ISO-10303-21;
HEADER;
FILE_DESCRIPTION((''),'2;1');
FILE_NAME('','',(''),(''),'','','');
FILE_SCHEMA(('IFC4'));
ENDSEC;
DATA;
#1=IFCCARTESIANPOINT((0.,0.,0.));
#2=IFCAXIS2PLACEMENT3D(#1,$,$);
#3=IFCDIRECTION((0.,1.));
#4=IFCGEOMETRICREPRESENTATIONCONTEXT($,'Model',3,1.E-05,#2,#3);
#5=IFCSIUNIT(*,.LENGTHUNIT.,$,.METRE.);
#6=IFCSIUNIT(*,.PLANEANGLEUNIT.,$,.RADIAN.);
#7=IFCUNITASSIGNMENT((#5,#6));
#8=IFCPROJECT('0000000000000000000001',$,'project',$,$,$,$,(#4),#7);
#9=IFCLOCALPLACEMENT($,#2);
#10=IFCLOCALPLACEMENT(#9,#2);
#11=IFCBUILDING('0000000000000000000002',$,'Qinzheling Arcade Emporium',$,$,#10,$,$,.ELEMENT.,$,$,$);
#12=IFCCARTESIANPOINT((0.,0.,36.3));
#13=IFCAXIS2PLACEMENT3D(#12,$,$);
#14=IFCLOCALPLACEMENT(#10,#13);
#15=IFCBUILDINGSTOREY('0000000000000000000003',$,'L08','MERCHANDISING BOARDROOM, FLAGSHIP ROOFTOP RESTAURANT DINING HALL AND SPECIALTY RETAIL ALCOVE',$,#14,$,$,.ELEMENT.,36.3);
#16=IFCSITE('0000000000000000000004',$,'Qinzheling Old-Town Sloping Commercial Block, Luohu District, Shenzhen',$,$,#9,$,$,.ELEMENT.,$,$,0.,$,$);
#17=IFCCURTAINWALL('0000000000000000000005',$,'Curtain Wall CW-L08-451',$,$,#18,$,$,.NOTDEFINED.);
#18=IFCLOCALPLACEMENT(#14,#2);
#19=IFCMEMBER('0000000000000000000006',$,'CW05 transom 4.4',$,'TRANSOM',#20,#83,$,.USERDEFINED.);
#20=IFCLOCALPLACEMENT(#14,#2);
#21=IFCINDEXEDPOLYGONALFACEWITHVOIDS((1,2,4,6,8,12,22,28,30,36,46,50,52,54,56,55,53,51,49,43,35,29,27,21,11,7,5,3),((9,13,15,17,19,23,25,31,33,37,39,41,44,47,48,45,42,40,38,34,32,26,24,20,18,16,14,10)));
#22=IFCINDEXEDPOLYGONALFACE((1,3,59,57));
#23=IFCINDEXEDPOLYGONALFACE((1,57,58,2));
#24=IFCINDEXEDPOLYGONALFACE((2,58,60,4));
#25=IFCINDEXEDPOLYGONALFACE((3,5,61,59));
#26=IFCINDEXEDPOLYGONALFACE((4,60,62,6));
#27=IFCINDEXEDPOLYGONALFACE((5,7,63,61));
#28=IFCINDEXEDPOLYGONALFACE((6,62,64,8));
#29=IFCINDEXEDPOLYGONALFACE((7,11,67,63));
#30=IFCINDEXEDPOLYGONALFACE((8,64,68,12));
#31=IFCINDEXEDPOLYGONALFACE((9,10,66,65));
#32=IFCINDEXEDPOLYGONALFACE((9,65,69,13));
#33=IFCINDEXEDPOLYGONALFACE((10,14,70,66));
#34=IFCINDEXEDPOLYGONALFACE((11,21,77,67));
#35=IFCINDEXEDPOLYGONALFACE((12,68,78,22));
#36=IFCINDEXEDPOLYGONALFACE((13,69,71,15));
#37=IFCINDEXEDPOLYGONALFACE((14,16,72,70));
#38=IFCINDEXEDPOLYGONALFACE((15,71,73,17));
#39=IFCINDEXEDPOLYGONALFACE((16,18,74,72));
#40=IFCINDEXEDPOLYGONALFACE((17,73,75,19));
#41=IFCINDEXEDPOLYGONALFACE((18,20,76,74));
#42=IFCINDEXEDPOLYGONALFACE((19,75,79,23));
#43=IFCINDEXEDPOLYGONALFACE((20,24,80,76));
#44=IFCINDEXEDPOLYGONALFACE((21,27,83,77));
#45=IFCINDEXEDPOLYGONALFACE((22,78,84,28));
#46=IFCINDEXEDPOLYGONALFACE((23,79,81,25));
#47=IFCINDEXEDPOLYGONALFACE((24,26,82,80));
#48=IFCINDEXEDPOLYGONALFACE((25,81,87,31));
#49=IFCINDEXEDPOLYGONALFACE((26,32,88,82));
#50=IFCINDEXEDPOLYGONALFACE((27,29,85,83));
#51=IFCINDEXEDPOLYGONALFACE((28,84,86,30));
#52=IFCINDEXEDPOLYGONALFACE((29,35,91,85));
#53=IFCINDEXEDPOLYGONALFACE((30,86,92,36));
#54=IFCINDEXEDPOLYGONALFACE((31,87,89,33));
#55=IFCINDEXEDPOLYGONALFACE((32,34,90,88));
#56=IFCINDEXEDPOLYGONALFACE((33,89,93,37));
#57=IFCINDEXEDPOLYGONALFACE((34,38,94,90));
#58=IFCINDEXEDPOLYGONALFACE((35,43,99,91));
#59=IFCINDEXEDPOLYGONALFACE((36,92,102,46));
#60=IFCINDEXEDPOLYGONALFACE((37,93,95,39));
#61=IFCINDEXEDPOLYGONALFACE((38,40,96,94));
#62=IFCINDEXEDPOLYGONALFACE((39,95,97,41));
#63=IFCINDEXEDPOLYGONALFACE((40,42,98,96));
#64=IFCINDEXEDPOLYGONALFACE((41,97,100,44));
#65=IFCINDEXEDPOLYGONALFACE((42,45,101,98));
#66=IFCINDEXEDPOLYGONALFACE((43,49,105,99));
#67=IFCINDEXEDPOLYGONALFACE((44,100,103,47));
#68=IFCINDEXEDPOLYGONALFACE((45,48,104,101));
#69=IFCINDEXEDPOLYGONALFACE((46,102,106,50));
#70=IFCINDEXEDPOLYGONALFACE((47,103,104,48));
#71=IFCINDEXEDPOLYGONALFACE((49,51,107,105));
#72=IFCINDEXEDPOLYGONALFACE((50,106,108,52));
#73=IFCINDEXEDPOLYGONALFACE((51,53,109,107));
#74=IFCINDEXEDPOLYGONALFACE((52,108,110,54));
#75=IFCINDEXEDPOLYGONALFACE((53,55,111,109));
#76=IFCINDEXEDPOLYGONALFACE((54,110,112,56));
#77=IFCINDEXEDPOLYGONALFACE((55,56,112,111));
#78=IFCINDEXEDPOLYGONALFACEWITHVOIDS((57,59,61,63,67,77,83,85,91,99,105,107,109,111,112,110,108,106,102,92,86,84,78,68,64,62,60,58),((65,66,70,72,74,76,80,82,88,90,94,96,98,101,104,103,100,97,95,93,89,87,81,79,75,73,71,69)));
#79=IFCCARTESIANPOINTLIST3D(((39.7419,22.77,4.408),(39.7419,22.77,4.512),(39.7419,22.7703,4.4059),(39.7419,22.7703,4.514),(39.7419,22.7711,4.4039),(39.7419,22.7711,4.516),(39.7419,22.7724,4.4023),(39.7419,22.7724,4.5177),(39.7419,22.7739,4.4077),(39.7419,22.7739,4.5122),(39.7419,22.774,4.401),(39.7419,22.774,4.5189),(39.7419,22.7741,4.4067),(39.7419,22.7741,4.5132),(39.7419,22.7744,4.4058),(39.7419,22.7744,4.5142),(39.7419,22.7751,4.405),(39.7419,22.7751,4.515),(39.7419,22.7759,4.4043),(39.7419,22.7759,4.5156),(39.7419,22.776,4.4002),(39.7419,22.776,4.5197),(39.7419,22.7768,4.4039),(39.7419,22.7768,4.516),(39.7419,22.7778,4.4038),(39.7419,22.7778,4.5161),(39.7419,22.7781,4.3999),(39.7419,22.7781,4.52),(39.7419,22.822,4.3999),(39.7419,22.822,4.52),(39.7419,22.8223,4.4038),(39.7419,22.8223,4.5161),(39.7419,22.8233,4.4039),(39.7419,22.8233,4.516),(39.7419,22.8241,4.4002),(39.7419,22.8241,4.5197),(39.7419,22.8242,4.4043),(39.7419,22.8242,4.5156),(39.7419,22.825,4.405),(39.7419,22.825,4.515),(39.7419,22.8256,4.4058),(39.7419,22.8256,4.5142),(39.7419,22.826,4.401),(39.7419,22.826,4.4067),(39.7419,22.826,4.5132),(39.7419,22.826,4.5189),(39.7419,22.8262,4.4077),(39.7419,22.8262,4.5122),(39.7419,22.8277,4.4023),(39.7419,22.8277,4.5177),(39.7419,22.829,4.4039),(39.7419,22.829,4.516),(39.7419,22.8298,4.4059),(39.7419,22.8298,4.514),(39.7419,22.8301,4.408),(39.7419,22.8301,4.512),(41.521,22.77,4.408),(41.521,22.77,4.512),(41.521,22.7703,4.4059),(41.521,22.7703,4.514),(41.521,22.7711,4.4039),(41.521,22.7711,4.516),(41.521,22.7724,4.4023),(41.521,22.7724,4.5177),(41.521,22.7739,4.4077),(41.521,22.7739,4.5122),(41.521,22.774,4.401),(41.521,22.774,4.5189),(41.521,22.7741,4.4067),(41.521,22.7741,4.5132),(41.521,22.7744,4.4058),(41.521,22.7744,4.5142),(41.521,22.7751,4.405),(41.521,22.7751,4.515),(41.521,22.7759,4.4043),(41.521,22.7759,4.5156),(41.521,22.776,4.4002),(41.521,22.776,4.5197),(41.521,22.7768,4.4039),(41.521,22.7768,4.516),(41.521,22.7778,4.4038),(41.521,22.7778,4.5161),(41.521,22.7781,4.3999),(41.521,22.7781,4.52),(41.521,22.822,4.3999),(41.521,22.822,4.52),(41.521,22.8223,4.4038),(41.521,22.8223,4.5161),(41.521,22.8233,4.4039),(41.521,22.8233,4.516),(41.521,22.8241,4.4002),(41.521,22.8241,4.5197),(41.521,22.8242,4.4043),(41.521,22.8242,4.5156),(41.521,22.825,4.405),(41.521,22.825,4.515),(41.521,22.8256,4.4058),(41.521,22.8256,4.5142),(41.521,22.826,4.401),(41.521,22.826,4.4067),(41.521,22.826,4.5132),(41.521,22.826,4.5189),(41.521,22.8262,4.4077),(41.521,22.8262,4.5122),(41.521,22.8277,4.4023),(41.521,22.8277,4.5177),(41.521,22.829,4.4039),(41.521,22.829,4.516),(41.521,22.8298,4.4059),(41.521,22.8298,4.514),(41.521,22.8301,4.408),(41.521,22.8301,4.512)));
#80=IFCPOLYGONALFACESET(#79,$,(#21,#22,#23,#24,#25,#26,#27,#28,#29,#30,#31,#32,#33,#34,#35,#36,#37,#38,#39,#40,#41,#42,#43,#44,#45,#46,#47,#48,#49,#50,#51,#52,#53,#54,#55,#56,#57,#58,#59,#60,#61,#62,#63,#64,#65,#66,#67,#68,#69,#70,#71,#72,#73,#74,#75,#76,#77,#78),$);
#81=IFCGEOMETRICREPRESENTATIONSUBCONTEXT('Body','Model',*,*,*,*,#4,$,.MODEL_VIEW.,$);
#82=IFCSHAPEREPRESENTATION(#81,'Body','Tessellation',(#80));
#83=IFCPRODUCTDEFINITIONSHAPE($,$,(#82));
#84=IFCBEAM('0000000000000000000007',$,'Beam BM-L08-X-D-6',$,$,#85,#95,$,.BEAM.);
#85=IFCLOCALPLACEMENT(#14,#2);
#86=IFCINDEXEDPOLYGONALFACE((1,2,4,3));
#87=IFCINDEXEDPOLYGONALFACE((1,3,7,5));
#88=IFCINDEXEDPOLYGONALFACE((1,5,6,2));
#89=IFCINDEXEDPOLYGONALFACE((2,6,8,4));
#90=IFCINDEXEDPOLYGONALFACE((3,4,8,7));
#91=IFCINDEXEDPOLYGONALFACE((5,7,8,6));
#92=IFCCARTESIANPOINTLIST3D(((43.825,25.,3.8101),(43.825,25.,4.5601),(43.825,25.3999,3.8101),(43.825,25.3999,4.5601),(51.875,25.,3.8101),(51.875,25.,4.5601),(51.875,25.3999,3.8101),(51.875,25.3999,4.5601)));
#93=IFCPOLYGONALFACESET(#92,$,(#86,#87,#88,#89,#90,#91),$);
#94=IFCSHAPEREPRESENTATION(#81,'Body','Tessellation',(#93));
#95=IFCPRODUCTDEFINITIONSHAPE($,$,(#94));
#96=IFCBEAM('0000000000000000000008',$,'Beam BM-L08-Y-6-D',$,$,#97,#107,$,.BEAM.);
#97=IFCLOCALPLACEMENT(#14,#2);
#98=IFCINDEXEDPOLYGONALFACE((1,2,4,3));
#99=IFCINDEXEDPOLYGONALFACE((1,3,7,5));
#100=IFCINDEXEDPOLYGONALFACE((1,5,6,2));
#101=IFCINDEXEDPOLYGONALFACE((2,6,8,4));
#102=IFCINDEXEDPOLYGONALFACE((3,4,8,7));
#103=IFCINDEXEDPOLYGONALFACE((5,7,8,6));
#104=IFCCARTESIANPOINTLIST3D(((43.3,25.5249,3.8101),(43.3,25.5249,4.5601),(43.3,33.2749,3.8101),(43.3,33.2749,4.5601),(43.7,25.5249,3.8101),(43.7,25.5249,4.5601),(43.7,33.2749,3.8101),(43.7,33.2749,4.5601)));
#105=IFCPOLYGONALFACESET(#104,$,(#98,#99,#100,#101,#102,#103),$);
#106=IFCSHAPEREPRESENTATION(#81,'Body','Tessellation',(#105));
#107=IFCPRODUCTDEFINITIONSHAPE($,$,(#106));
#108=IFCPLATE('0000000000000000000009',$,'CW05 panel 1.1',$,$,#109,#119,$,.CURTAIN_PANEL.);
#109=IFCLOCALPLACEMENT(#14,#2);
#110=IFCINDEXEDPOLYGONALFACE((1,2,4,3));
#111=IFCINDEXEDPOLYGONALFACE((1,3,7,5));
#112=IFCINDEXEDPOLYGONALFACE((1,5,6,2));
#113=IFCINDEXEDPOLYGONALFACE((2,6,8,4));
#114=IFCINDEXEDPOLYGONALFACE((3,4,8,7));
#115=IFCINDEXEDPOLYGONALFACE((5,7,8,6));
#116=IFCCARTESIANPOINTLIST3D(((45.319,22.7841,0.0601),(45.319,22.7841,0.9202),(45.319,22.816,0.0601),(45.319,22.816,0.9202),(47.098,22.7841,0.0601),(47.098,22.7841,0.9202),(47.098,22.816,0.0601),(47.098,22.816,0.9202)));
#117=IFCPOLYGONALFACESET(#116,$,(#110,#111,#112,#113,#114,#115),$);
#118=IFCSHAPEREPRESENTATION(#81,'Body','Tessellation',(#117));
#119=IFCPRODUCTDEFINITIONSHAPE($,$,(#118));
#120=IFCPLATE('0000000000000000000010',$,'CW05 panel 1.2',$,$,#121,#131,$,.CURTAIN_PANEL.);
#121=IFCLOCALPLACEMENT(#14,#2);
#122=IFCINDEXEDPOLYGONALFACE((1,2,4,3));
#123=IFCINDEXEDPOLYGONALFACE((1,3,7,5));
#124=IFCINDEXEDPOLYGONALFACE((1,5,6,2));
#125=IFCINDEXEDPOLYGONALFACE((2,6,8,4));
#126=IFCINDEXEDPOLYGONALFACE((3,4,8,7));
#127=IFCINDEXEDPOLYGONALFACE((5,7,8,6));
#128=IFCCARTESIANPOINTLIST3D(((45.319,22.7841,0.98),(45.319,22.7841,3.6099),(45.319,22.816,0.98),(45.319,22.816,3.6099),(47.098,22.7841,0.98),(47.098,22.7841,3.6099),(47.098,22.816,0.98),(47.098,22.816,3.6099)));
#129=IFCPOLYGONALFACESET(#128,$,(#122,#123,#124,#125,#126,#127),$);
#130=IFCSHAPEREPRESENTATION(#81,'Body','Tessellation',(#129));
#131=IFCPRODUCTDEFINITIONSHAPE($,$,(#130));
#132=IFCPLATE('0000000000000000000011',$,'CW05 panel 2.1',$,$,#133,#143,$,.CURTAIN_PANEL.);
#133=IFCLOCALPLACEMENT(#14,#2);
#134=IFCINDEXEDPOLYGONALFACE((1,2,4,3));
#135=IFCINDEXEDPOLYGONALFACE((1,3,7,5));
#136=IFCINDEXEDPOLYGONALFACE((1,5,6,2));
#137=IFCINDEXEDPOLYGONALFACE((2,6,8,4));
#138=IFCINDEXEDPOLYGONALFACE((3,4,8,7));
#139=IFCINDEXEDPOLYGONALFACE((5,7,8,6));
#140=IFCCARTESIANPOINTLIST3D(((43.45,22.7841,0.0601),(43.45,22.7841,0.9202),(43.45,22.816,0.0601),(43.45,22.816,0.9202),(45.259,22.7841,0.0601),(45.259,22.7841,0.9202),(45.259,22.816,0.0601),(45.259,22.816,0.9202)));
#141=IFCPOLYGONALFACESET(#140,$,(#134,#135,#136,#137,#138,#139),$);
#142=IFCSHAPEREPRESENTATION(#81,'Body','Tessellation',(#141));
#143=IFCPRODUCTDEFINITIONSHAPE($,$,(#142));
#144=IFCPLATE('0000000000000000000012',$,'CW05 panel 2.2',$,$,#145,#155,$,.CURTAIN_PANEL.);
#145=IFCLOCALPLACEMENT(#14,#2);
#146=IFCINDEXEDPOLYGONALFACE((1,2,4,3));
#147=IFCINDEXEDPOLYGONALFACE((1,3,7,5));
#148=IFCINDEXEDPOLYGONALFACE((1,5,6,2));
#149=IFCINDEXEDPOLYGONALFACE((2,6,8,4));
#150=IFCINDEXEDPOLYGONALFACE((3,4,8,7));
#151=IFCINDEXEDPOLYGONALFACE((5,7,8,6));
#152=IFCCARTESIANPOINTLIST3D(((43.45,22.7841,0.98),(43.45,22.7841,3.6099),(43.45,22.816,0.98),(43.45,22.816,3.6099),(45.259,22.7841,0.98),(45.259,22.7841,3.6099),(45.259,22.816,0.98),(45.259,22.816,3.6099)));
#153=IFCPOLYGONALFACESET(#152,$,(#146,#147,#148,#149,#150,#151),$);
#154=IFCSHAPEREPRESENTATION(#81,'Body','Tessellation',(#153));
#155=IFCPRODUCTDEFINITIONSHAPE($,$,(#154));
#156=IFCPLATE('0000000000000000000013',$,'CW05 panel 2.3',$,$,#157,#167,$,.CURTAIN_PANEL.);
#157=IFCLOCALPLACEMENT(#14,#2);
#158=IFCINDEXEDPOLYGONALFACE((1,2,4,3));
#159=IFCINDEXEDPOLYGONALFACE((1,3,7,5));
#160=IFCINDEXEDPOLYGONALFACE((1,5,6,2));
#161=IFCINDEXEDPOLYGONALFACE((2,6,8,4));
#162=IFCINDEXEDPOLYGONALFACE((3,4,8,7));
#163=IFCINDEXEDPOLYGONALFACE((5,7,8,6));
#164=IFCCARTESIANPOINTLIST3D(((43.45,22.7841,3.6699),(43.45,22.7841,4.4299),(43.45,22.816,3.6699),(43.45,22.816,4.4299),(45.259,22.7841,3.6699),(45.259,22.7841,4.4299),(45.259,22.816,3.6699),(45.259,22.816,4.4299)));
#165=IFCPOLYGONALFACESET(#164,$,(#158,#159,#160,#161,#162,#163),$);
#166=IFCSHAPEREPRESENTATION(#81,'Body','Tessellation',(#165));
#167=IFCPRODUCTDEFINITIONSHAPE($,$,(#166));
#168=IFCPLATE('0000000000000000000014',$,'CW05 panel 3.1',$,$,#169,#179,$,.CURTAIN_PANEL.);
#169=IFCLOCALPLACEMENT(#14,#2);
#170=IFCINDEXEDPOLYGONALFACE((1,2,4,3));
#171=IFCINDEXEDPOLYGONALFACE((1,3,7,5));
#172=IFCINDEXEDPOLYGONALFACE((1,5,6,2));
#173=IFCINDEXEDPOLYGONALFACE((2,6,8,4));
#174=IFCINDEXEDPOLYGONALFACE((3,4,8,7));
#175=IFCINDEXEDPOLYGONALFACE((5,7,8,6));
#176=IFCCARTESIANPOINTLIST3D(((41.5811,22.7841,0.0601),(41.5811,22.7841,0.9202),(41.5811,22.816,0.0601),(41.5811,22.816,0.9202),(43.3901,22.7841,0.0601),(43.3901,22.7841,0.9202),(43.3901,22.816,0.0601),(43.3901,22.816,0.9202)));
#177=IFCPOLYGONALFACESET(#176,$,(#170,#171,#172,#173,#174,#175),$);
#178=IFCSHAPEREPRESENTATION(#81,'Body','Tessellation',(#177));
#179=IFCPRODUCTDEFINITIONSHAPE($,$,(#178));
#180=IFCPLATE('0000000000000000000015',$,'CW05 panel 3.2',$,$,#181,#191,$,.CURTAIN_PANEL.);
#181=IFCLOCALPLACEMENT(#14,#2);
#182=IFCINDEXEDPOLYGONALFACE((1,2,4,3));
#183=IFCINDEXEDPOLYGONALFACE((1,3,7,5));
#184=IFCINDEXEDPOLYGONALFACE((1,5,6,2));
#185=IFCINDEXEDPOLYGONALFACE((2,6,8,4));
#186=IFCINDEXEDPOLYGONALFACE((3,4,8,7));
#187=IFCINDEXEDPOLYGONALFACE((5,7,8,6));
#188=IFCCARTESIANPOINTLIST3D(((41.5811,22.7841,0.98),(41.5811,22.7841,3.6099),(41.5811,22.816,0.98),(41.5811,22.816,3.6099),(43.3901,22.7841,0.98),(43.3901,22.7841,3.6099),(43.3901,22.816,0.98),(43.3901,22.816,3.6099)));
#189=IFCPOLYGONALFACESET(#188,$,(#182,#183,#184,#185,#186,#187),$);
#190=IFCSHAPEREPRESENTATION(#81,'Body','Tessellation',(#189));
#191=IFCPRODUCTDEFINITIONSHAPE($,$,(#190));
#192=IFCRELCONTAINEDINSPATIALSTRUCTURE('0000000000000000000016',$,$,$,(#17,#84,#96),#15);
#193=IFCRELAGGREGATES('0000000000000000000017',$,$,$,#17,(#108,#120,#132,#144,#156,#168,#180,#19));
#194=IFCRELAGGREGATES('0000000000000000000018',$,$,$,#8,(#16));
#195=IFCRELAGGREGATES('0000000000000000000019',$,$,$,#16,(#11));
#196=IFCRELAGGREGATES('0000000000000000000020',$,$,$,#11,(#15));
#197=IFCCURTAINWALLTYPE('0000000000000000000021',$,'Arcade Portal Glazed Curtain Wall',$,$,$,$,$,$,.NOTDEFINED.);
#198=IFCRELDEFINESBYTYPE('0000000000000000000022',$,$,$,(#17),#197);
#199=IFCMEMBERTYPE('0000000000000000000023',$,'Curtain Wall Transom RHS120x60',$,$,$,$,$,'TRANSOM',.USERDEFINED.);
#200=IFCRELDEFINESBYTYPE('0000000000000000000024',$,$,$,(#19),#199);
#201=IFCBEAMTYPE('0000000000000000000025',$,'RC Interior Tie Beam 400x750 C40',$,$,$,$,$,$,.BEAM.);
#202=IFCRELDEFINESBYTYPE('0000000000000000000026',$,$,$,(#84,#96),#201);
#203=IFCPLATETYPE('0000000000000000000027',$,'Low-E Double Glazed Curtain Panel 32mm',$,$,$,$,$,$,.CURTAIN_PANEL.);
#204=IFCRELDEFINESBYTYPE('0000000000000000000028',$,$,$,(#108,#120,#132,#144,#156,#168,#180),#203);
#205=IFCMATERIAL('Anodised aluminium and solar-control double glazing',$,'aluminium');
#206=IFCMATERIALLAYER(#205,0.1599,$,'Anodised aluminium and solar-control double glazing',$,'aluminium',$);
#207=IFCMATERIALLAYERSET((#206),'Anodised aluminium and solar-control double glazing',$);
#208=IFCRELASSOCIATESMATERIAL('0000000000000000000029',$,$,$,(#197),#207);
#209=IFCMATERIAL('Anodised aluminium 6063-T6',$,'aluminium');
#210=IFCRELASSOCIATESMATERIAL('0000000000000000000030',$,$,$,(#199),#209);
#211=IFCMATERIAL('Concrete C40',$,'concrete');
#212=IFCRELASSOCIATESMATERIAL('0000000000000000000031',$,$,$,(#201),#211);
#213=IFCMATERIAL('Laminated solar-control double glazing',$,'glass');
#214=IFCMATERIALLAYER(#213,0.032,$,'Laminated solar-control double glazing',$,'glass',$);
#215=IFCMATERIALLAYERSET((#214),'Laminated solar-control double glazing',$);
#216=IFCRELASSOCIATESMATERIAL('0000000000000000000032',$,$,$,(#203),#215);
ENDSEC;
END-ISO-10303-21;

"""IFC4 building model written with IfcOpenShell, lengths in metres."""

from ifc_helpers import new_model, si_unit, direction, frame, origin, origin_2d, place, context, subcontext, project, spatial, rectangle, hollow_rectangle, extrude, material, layer, layer_set, material_profile, profile_set, type_object, element, aggregate, save


model = new_model("IFC4")

# Units and contexts
model_context = context("Model", 3, precision=1e-05, world=origin(), true_north=direction((0.0, 1.0)))
body_context = subcontext(model_context, "Body", "Model", "MODEL_VIEW")
ifc_project = project(units=[si_unit("LENGTHUNIT", "METRE"), si_unit("PLANEANGLEUNIT", "RADIAN")], contexts=[model_context])

# Site, building, storey
site_placement = place(None, origin())
site = spatial("IfcSite", under=ifc_project, at=site_placement, Name="Qinzheling Old-Town Sloping Commercial Block, Luohu District, Shenzhen", CompositionType="ELEMENT", RefElevation=0.0)
building_placement = place(site_placement, origin())
building = spatial("IfcBuilding", under=site, at=building_placement, Name="Qinzheling Arcade Emporium", CompositionType="ELEMENT")
storey_placement = place(building_placement, frame((0.0, 0.0, 36.3)))
storey = spatial("IfcBuildingStorey", under=building, at=storey_placement, Name="L08", Description="MERCHANDISING BOARDROOM, FLAGSHIP ROOFTOP RESTAURANT DINING HALL AND SPECIALTY RETAIL ALCOVE", CompositionType="ELEMENT", Elevation=36.3)

# Shared definitions
ifc_material_1 = material(Name="Concrete C40", Category="concrete")

# Curtain wall, member
ifc_material_2 = material(Name="Anodised aluminium and solar-control double glazing", Category="aluminium")
ifc_layer_1 = layer(ifc_material_2, 0.1599, Name="Anodised aluminium and solar-control double glazing", Category="aluminium")
ifc_layer_set_1 = layer_set([ifc_layer_1], Name="Anodised aluminium and solar-control double glazing")
curtain_wall_type = type_object("IfcCurtainWallType", Name="Arcade Portal Glazed Curtain Wall", PredefinedType="NOTDEFINED", material=ifc_layer_set_1)
curtain_wall_placement = place(storey_placement, origin())
curtain_wall = element("IfcCurtainWall", 1, at=curtain_wall_placement, inside=storey, type_object=curtain_wall_type, Name="Curtain Wall CW-L08-451", PredefinedType="NOTDEFINED")
ifc_material_3 = material(Name="Anodised aluminium 6063-T6", Category="aluminium")
ifc_material_profile_1 = material_profile(ifc_material_3, hollow_rectangle(XDim=0.0601, YDim=0.1201, WallThickness=0.0039, InnerFilletRadius=0.0039, OuterFilletRadius=0.0081, at=origin_2d()), Name="RHS 120x60x4", Category="aluminium")
ifc_profile_set_1 = profile_set([ifc_material_profile_1], Name="Anodised aluminium 6063-T6")
member_type_1 = type_object("IfcMemberType", Name="Curtain Wall Transom RHS120x60", ElementType="TRANSOM", PredefinedType="USERDEFINED", material=ifc_profile_set_1)
member_1_placement = place(storey_placement, frame((41.521, 22.8, 4.46), z_axis=(-1.0, 0.0, 0.0), x_axis=(0.0, -1.0, 0.0)))
member_1 = element("IfcMember", 2, at=member_1_placement, type_object=member_type_1, Name="CW05 transom 4.4", ObjectType="TRANSOM", PredefinedType="USERDEFINED", context=body_context, shape_type="SweptSolid", body=[
    extrude(hollow_rectangle(XDim=0.0601, YDim=0.1201, WallThickness=0.0039, InnerFilletRadius=0.0039, OuterFilletRadius=0.0081, at=origin_2d()), origin(), (0.0, 0.0, 1.0), 1.7791),
])

# Beams
ifc_material_profile_2 = material_profile(ifc_material_1, rectangle(XDim=0.3999, YDim=0.75, at=origin_2d()), Name="RC 400x750", Category="concrete")
ifc_profile_set_2 = profile_set([ifc_material_profile_2], Name="Concrete C40")
beam_type = type_object("IfcBeamType", Name="RC Interior Tie Beam 400x750 C40", PredefinedType="BEAM", material=ifc_profile_set_2)
beam_1_placement = place(storey_placement, frame((43.825, 25.2, 4.1851), z_axis=(1.0, 0.0, 0.0), x_axis=(0.0, 1.0, 0.0)))
element("IfcBeam", 3, at=beam_1_placement, inside=storey, type_object=beam_type, Name="Beam BM-L08-X-D-6", PredefinedType="BEAM", context=body_context, shape_type="SweptSolid", body=[
    extrude(rectangle(XDim=0.3999, YDim=0.75, at=origin_2d()), origin(), (0.0, 0.0, 1.0), 8.05),
])
beam_2_placement = place(storey_placement, frame((43.5, 25.5249, 4.1851), z_axis=(0.0, 1.0, 0.0), x_axis=(-1.0, 0.0, 0.0)))
element("IfcBeam", 4, at=beam_2_placement, inside=storey, type_object=beam_type, Name="Beam BM-L08-Y-6-D", PredefinedType="BEAM", context=body_context, shape_type="SweptSolid", body=[
    extrude(rectangle(XDim=0.3999, YDim=0.75, at=origin_2d()), origin(), (0.0, 0.0, 1.0), 7.75),
])

# Plates
ifc_material_4 = material(Name="Laminated solar-control double glazing", Category="glass")
ifc_layer_2 = layer(ifc_material_4, 0.032, Name="Laminated solar-control double glazing", Category="glass")
ifc_layer_set_2 = layer_set([ifc_layer_2], Name="Laminated solar-control double glazing")
plate_type = type_object("IfcPlateType", Name="Low-E Double Glazed Curtain Panel 32mm", PredefinedType="CURTAIN_PANEL", material=ifc_layer_set_2)
plate_1_placement = place(storey_placement, frame((46.2085, 22.8, 0.0601), z_axis=(0.0, 0.0, 1.0), x_axis=(-1.0, 0.0, 0.0)))
plate_1 = element("IfcPlate", 5, at=plate_1_placement, type_object=plate_type, Name="CW05 panel 1.1", PredefinedType="CURTAIN_PANEL", context=body_context, shape_type="SweptSolid", body=[
    extrude(rectangle(XDim=1.7791, YDim=0.032, at=origin_2d()), origin(), (0.0, 0.0, 1.0), 0.8601),
])
plate_2_placement = place(storey_placement, frame((46.2085, 22.8, 0.98), z_axis=(0.0, 0.0, 1.0), x_axis=(-1.0, 0.0, 0.0)))
plate_2 = element("IfcPlate", 6, at=plate_2_placement, type_object=plate_type, Name="CW05 panel 1.2", PredefinedType="CURTAIN_PANEL", context=body_context, shape_type="SweptSolid", body=[
    extrude(rectangle(XDim=1.7791, YDim=0.032, at=origin_2d()), origin(), (0.0, 0.0, 1.0), 2.6299),
])
plate_3_placement = place(storey_placement, frame((44.3545, 22.8, 0.0601), z_axis=(0.0, 0.0, 1.0), x_axis=(-1.0, 0.0, 0.0)))
plate_3 = element("IfcPlate", 7, at=plate_3_placement, type_object=plate_type, Name="CW05 panel 2.1", PredefinedType="CURTAIN_PANEL", context=body_context, shape_type="SweptSolid", body=[
    extrude(rectangle(XDim=1.8091, YDim=0.032, at=origin_2d()), origin(), (0.0, 0.0, 1.0), 0.8601),
])
plate_4_placement = place(storey_placement, frame((44.3545, 22.8, 0.98), z_axis=(0.0, 0.0, 1.0), x_axis=(-1.0, 0.0, 0.0)))
plate_4 = element("IfcPlate", 8, at=plate_4_placement, type_object=plate_type, Name="CW05 panel 2.2", PredefinedType="CURTAIN_PANEL", context=body_context, shape_type="SweptSolid", body=[
    extrude(rectangle(XDim=1.8091, YDim=0.032, at=origin_2d()), origin(), (0.0, 0.0, 1.0), 2.6299),
])
plate_5_placement = place(storey_placement, frame((44.3545, 22.8, 3.6699), z_axis=(0.0, 0.0, 1.0), x_axis=(-1.0, 0.0, 0.0)))
plate_5 = element("IfcPlate", 9, at=plate_5_placement, type_object=plate_type, Name="CW05 panel 2.3", PredefinedType="CURTAIN_PANEL", context=body_context, shape_type="SweptSolid", body=[
    extrude(rectangle(XDim=1.8091, YDim=0.032, at=origin_2d()), origin(), (0.0, 0.0, 1.0), 0.76),
])
plate_6_placement = place(storey_placement, frame((42.4856, 22.8, 0.0601), z_axis=(0.0, 0.0, 1.0), x_axis=(-1.0, 0.0, 0.0)))
plate_6 = element("IfcPlate", 10, at=plate_6_placement, type_object=plate_type, Name="CW05 panel 3.1", PredefinedType="CURTAIN_PANEL", context=body_context, shape_type="SweptSolid", body=[
    extrude(rectangle(XDim=1.8091, YDim=0.032, at=origin_2d()), origin(), (0.0, 0.0, 1.0), 0.8601),
])
plate_7_placement = place(storey_placement, frame((42.4856, 22.8, 0.98), z_axis=(0.0, 0.0, 1.0), x_axis=(-1.0, 0.0, 0.0)))
plate_7 = element("IfcPlate", 11, at=plate_7_placement, type_object=plate_type, Name="CW05 panel 3.2", PredefinedType="CURTAIN_PANEL", context=body_context, shape_type="SweptSolid", body=[
    extrude(rectangle(XDim=1.8091, YDim=0.032, at=origin_2d()), origin(), (0.0, 0.0, 1.0), 2.6299),
])
aggregate(curtain_wall, [plate_1, plate_2, plate_3, plate_4, plate_5, plate_6, plate_7, member_1])

save(model, "model.ifc")
